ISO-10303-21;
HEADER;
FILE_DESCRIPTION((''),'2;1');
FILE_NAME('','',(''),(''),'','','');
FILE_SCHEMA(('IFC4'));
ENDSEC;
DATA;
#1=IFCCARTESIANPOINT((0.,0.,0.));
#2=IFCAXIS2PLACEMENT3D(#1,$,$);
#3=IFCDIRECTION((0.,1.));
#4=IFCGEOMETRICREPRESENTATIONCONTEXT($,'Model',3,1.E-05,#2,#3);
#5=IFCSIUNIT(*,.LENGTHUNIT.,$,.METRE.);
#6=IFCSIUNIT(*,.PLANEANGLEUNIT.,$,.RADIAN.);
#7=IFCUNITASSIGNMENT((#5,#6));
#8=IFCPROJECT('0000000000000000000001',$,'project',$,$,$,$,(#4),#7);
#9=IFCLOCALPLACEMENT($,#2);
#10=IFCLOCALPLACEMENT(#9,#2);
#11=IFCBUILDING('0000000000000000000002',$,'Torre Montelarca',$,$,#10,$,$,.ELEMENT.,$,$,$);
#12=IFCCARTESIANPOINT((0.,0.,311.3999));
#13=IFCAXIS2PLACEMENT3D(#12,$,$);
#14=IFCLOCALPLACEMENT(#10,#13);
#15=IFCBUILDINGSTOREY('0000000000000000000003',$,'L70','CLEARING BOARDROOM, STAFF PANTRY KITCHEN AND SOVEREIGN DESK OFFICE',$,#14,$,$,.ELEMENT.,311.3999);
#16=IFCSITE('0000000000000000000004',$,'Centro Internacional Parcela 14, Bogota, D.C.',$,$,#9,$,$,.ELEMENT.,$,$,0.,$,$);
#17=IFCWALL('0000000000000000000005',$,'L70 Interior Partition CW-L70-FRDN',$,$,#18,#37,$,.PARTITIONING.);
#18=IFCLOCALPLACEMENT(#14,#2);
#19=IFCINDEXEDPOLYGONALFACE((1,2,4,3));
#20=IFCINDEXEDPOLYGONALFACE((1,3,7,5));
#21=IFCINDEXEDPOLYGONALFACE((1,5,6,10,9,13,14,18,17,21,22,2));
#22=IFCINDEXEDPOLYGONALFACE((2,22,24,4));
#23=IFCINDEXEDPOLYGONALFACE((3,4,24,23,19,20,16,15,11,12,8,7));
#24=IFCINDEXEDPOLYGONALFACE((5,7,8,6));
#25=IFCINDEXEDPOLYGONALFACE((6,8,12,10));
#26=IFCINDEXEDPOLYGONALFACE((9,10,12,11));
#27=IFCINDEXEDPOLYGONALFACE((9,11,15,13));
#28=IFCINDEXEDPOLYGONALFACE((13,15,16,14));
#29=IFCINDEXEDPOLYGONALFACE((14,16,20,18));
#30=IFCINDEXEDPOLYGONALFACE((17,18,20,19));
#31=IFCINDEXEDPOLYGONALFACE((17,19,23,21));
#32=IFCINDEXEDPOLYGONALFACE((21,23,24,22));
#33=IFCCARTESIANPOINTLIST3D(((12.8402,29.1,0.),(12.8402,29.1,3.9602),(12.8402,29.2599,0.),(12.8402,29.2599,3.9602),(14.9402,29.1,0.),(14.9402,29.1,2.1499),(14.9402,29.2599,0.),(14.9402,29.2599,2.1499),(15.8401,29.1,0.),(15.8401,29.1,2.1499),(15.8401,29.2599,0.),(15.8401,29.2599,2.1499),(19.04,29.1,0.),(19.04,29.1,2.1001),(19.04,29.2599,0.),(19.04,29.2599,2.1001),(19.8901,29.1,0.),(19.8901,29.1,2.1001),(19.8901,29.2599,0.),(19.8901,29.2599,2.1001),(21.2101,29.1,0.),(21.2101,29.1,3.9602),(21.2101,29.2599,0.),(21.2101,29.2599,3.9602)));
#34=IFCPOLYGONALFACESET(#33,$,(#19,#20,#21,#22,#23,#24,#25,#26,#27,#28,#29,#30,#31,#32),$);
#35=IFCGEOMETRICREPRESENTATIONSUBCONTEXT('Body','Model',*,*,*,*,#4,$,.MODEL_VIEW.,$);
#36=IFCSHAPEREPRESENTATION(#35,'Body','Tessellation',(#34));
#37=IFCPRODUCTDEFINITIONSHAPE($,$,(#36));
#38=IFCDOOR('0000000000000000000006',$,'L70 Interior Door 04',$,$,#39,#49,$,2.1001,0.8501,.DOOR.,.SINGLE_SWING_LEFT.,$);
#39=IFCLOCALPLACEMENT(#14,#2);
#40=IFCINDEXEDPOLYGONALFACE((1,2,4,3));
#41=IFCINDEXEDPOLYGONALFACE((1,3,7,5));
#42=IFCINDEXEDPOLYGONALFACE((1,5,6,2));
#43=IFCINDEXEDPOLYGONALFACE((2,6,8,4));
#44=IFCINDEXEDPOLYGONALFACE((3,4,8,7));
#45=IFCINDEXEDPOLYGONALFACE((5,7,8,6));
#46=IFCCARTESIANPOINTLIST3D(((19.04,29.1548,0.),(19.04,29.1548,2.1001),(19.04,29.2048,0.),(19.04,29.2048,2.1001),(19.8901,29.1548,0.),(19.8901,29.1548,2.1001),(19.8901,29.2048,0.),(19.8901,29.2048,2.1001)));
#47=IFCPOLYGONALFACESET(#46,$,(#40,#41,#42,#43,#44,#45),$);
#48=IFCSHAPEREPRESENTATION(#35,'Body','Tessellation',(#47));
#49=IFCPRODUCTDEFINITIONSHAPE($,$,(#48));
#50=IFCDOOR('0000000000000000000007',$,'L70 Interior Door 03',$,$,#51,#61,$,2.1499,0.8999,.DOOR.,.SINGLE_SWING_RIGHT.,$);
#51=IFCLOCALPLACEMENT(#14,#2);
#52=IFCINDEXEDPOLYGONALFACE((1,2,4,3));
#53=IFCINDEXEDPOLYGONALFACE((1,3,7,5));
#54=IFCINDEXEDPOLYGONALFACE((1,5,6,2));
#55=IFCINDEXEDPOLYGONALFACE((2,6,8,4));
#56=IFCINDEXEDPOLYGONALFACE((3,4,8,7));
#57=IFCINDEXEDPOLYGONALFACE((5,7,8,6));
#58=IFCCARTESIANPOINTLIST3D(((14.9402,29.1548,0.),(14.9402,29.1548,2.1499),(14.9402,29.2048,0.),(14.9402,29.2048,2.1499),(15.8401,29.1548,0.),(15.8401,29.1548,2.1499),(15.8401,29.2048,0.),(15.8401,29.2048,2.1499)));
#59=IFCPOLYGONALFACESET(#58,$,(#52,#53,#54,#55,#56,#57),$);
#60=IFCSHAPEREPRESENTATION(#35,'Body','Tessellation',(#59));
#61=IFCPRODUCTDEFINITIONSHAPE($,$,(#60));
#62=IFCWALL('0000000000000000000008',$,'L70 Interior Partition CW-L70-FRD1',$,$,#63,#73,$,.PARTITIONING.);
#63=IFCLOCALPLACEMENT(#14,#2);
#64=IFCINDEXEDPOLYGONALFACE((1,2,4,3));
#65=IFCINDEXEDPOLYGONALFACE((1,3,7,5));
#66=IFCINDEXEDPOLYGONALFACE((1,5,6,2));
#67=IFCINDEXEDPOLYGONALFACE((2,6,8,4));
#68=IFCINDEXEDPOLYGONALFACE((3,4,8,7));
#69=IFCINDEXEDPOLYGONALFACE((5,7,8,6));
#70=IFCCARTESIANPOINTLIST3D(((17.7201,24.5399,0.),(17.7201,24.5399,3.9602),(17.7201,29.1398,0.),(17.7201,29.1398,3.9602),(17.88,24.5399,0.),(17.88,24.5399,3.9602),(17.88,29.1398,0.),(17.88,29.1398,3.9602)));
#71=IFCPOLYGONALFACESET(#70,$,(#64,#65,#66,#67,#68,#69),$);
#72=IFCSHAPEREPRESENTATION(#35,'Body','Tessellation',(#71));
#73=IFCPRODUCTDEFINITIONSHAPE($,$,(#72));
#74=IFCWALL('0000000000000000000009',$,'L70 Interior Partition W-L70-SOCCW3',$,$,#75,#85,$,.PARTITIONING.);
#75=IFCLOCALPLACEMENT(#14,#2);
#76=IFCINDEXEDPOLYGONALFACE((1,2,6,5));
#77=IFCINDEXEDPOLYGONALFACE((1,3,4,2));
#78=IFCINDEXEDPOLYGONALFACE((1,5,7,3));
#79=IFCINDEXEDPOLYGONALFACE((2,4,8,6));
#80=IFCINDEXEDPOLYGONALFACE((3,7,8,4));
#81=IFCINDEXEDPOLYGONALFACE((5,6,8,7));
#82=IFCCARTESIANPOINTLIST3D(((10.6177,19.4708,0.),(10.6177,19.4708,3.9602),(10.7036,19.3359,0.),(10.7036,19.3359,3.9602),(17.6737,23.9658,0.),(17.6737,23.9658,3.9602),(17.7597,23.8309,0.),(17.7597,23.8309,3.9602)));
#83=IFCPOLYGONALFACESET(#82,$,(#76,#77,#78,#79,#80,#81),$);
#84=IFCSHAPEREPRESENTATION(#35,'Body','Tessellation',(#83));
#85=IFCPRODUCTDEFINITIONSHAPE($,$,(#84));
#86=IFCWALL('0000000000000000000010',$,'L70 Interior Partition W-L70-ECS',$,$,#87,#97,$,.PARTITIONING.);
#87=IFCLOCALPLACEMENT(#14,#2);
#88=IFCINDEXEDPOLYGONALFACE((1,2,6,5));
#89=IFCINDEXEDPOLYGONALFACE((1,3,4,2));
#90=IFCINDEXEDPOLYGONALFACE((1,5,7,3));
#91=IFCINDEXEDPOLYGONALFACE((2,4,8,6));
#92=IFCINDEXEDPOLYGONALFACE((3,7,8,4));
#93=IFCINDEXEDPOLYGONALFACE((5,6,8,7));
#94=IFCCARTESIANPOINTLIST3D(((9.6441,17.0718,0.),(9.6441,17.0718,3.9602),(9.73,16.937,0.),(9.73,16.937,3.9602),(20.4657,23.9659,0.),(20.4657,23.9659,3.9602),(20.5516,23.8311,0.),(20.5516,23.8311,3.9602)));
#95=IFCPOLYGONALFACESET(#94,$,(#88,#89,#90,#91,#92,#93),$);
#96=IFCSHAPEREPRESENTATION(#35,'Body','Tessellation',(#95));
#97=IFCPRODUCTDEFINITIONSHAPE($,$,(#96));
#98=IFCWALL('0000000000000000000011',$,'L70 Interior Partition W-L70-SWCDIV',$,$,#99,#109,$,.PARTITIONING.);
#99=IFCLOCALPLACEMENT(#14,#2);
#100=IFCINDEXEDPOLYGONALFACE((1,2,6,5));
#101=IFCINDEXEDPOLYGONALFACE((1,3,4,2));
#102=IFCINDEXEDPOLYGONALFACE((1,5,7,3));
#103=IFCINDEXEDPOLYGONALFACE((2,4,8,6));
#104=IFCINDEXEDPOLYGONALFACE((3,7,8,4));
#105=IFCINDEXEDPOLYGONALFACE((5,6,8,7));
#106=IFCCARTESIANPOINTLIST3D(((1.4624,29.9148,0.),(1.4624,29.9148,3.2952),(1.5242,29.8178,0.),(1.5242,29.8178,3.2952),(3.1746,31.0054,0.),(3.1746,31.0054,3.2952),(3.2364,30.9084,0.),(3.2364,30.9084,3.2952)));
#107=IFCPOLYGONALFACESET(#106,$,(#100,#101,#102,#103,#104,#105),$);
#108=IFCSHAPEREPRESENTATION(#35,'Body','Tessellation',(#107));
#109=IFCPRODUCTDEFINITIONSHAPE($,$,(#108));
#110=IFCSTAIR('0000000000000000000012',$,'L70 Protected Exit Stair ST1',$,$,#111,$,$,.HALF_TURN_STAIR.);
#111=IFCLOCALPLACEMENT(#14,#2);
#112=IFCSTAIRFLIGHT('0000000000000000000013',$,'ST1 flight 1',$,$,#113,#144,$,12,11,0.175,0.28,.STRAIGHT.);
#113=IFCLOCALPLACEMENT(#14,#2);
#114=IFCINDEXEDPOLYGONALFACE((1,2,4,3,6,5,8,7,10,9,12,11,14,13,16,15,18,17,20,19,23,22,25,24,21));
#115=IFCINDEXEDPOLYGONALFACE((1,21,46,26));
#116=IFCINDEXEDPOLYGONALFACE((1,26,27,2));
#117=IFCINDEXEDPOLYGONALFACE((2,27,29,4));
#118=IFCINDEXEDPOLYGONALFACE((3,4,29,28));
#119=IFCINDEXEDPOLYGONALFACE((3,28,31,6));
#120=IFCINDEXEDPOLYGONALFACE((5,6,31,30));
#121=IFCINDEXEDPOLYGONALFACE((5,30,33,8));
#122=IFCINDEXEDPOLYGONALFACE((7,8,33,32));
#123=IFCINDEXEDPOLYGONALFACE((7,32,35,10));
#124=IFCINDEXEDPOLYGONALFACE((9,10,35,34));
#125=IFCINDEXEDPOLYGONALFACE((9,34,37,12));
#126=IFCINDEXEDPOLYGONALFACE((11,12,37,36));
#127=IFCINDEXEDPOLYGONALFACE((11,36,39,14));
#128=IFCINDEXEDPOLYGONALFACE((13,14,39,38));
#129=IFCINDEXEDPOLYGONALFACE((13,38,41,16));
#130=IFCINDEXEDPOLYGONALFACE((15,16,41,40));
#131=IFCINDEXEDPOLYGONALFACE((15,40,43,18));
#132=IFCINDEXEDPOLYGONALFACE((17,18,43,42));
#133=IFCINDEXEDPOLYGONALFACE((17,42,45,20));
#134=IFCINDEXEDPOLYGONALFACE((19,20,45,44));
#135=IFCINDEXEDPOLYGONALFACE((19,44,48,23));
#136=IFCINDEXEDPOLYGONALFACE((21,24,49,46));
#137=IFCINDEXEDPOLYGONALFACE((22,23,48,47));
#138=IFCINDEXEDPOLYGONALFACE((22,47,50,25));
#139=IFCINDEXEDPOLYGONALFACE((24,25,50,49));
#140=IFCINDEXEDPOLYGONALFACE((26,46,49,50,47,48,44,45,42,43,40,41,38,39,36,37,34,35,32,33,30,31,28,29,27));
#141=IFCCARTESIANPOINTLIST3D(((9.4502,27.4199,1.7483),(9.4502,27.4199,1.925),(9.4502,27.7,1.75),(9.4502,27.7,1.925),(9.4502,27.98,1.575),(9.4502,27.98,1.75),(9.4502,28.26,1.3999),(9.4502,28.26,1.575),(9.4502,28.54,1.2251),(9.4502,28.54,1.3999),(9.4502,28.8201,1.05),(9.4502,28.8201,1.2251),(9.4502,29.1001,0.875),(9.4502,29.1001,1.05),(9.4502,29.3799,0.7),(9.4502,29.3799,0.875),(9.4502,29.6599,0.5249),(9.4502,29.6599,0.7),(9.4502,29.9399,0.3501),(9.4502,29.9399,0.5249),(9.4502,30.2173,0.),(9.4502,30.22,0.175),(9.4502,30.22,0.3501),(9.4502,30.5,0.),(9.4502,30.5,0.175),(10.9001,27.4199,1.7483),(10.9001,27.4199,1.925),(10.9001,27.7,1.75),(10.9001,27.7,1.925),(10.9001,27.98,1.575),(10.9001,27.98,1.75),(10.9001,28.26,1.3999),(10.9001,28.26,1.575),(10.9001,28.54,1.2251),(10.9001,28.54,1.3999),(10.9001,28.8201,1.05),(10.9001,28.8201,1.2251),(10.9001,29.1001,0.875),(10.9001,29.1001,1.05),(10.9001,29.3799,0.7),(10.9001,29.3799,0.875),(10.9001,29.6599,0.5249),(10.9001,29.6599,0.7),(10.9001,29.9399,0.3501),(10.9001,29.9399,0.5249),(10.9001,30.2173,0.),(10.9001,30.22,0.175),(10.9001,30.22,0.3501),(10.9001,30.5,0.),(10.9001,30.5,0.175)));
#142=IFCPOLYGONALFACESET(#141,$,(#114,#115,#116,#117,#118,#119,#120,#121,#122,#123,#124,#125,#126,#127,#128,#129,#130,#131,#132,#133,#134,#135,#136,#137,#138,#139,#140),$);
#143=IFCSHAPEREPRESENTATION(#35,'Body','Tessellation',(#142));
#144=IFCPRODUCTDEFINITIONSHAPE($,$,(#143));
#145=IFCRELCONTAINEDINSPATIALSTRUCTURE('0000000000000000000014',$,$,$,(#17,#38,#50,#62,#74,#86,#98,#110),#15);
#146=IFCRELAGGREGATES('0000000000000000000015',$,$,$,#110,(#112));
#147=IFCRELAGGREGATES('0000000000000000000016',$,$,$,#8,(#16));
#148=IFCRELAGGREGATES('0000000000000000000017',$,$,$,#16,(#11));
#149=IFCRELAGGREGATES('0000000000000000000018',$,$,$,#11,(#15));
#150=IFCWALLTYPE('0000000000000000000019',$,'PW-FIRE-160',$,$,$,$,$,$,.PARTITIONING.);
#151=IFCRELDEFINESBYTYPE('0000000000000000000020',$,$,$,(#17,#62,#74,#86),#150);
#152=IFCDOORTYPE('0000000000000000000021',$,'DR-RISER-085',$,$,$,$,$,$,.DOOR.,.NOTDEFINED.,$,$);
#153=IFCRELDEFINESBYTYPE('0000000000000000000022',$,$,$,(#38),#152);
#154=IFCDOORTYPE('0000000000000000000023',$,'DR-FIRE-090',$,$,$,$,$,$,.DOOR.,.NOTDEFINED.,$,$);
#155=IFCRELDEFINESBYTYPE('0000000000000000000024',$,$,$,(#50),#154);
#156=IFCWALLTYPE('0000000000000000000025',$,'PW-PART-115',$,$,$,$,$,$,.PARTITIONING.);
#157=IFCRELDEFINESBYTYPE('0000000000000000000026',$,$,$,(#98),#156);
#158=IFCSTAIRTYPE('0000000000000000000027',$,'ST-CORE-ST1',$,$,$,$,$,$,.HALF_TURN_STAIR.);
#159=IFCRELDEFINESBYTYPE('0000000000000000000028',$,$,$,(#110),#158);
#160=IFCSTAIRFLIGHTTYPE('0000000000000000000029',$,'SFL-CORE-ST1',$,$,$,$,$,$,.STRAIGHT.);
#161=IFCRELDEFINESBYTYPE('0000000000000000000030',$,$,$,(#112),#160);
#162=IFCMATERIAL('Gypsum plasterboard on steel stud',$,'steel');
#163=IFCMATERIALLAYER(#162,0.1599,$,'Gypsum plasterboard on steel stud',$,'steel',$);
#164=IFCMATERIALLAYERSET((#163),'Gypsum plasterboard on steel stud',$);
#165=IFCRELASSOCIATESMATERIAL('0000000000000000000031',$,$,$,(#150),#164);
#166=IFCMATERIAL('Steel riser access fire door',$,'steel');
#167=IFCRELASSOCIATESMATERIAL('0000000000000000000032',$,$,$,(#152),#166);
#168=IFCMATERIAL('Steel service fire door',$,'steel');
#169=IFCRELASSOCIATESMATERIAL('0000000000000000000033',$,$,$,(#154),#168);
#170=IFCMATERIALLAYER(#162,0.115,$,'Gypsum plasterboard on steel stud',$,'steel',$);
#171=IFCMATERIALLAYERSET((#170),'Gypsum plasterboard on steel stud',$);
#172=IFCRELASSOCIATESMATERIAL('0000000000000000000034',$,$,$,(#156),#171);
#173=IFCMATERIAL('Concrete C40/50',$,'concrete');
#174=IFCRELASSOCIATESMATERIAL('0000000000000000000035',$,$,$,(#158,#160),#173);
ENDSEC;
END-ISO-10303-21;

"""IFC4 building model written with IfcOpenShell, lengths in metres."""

from ifc_helpers import new_model, si_unit, direction, frame, frame_2d, origin, place, context, subcontext, project, spatial, polyline, rectangle, outline, extrude, source, transform, mapped, material, layer, layer_set, type_object, element, fill, aggregate, save


model = new_model("IFC4")

# Units and contexts
model_context = context("Model", 3, precision=1e-05, world=origin(), true_north=direction((0.0, 1.0)))
body_context = subcontext(model_context, "Body", "Model", "MODEL_VIEW")
ifc_project = project(units=[si_unit("LENGTHUNIT", "METRE"), si_unit("PLANEANGLEUNIT", "RADIAN")], contexts=[model_context])

# Site, building, storey
site_placement = place(None, origin())
site = spatial("IfcSite", under=ifc_project, at=site_placement, Name="Centro Internacional Parcela 14, Bogota, D.C.", CompositionType="ELEMENT", RefElevation=0.0)
building_placement = place(site_placement, origin())
building = spatial("IfcBuilding", under=site, at=building_placement, Name="Torre Montelarca", CompositionType="ELEMENT")
storey_placement = place(building_placement, frame((0.0, 0.0, 311.3999)))
storey = spatial("IfcBuildingStorey", under=building, at=storey_placement, Name="L70", Description="CLEARING BOARDROOM, STAFF PANTRY KITCHEN AND SOVEREIGN DESK OFFICE", CompositionType="ELEMENT", Elevation=311.3999)

# Shared definitions
ifc_material_1 = material(Name="Concrete C40/50", Category="concrete")

# Wall, openings, doors
ifc_material_2 = material(Name="Gypsum plasterboard on steel stud", Category="steel")
ifc_layer_1 = layer(ifc_material_2, 0.1599, Name="Gypsum plasterboard on steel stud", Category="steel")
ifc_layer_set_1 = layer_set([ifc_layer_1], Name="Gypsum plasterboard on steel stud")
wall_type_1 = type_object("IfcWallType", Name="PW-FIRE-160", PredefinedType="PARTITIONING", material=ifc_layer_set_1)
wall_1_placement = place(storey_placement, frame((12.8401, 29.1799, 0.0), z_axis=(0.0, 0.0, 1.0), x_axis=(1.0, 0.0, 0.0)))
wall_1 = element("IfcWall", 1, at=wall_1_placement, inside=storey, type_object=wall_type_1, Name="L70 Interior Partition CW-L70-FRDN", PredefinedType="PARTITIONING", context=body_context, shape_type="SweptSolid", body=[
    extrude(rectangle(XDim=8.3699, YDim=0.1599, at=frame_2d((4.1851, 0.0))), origin(), (0.0, 0.0, 1.0), 3.9602),
])
opening_1_placement = place(wall_1_placement, frame((2.1001, 0.0, 0.0)))
opening_1 = element("IfcOpeningElement", 2, at=opening_1_placement, cuts=wall_1, PredefinedType="OPENING", context=body_context, shape_type="SweptSolid", body=[
    extrude(rectangle(XDim=0.8999, YDim=2.1499, at=frame_2d((0.45, 1.075))), frame((0.0, 0.0898, 0.0), z_axis=(0.0, -1.0, 0.0), x_axis=(1.0, 0.0, 0.0)), (0.0, 0.0, 1.0), 0.1799),
])
opening_2_placement = place(wall_1_placement, frame((6.2, 0.0, 0.0)))
opening_2 = element("IfcOpeningElement", 3, at=opening_2_placement, cuts=wall_1, PredefinedType="OPENING", context=body_context, shape_type="SweptSolid", body=[
    extrude(rectangle(XDim=0.8501, YDim=2.1001, at=frame_2d((0.425, 1.05))), frame((0.0, 0.0898, 0.0), z_axis=(0.0, -1.0, 0.0), x_axis=(1.0, 0.0, 0.0)), (0.0, 0.0, 1.0), 0.1799),
])
ifc_material_3 = material(Name="Steel riser access fire door", Category="steel")
door_type_1 = type_object("IfcDoorType", Name="DR-RISER-085", OperationType="NOTDEFINED", PredefinedType="DOOR", material=ifc_material_3)
shared_shape_1 = source(origin(), body_context, "Body", "SweptSolid", [
    extrude(rectangle(XDim=0.8501, YDim=2.1001, at=frame_2d((0.425, 1.05))), frame((0.0, 0.0249, 0.0), z_axis=(0.0, -1.0, 0.0), x_axis=(1.0, 0.0, 0.0)), (0.0, 0.0, 1.0), 0.05),
])
door_1_placement = place(opening_2_placement, origin())
door_1 = element("IfcDoor", 4, at=door_1_placement, inside=storey, type_object=door_type_1, Name="L70 Interior Door 04", OperationType="SINGLE_SWING_LEFT", OverallHeight=2.1001, OverallWidth=0.8501, PredefinedType="DOOR", context=body_context, shape_type="MappedRepresentation", body=[
    mapped(shared_shape_1, transform((0.0, 0.0, 0.0), scale=1.0)),
])
fill(opening_2, door_1)
ifc_material_4 = material(Name="Steel service fire door", Category="steel")
door_type_2 = type_object("IfcDoorType", Name="DR-FIRE-090", OperationType="NOTDEFINED", PredefinedType="DOOR", material=ifc_material_4)
shared_shape_2 = source(origin(), body_context, "Body", "SweptSolid", [
    extrude(rectangle(XDim=0.8999, YDim=2.1499, at=frame_2d((0.45, 1.075))), frame((0.0, 0.0249, 0.0), z_axis=(0.0, -1.0, 0.0), x_axis=(1.0, 0.0, 0.0)), (0.0, 0.0, 1.0), 0.05),
])
door_2_placement = place(opening_1_placement, origin())
door_2 = element("IfcDoor", 5, at=door_2_placement, inside=storey, type_object=door_type_2, Name="L70 Interior Door 03", OperationType="SINGLE_SWING_RIGHT", OverallHeight=2.1499, OverallWidth=0.8999, PredefinedType="DOOR", context=body_context, shape_type="MappedRepresentation", body=[
    mapped(shared_shape_2, transform((0.0, 0.0, 0.0), scale=1.0)),
])
fill(opening_1, door_2)

# Walls
wall_2_placement = place(storey_placement, frame((17.8, 24.54, 0.0), z_axis=(0.0, 0.0, 1.0), x_axis=(0.0, 1.0, 0.0)))
element("IfcWall", 6, at=wall_2_placement, inside=storey, type_object=wall_type_1, Name="L70 Interior Partition CW-L70-FRD1", PredefinedType="PARTITIONING", context=body_context, shape_type="SweptSolid", body=[
    extrude(rectangle(XDim=4.5999, YDim=0.1599, at=frame_2d((2.2998, 0.0))), origin(), (0.0, 0.0, 1.0), 3.9602),
])
wall_3_placement = place(storey_placement, frame((10.6606, 19.4033, 0.0), z_axis=(0.0, 0.0, 1.0), x_axis=(0.843399, 0.537287, 0.0)))
element("IfcWall", 7, at=wall_3_placement, inside=storey, type_object=wall_type_1, Name="L70 Interior Partition W-L70-SOCCW3", PredefinedType="PARTITIONING", context=body_context, shape_type="SweptSolid", body=[
    extrude(rectangle(XDim=8.3662, YDim=0.1599, at=frame_2d((4.1831, 0.0))), origin(), (0.0, 0.0, 1.0), 3.9602),
])
wall_4_placement = place(storey_placement, frame((9.687, 17.0044, 0.0), z_axis=(0.0, 0.0, 1.0), x_axis=(0.843393, 0.537298, 0.0)))
element("IfcWall", 8, at=wall_4_placement, inside=storey, type_object=wall_type_1, Name="L70 Interior Partition W-L70-ECS", PredefinedType="PARTITIONING", context=body_context, shape_type="SweptSolid", body=[
    extrude(rectangle(XDim=12.8311, YDim=0.1599, at=frame_2d((6.4155, 0.0))), origin(), (0.0, 0.0, 1.0), 3.9602),
])
ifc_layer_2 = layer(ifc_material_2, 0.115, Name="Gypsum plasterboard on steel stud", Category="steel")
ifc_layer_set_2 = layer_set([ifc_layer_2], Name="Gypsum plasterboard on steel stud")
wall_type_2 = type_object("IfcWallType", Name="PW-PART-115", PredefinedType="PARTITIONING", material=ifc_layer_set_2)
wall_5_placement = place(storey_placement, frame((1.4932, 29.8662, 0.0), z_axis=(0.0, 0.0, 1.0), x_axis=(0.843434, 0.537233, 0.0)))
element("IfcWall", 9, at=wall_5_placement, inside=storey, type_object=wall_type_2, Name="L70 Interior Partition W-L70-SWCDIV", PredefinedType="PARTITIONING", context=body_context, shape_type="SweptSolid", body=[
    extrude(rectangle(XDim=2.03, YDim=0.115, at=frame_2d((1.0151, 0.0))), origin(), (0.0, 0.0, 1.0), 3.2952),
])

# Stair, stair flight
stair_type = type_object("IfcStairType", Name="ST-CORE-ST1", PredefinedType="HALF_TURN_STAIR", material=ifc_material_1)
stair_placement = place(storey_placement, origin())
stair = element("IfcStair", 10, at=stair_placement, inside=storey, type_object=stair_type, Name="L70 Protected Exit Stair ST1", PredefinedType="HALF_TURN_STAIR")
stair_flight_type = type_object("IfcStairFlightType", Name="SFL-CORE-ST1", PredefinedType="STRAIGHT", material=ifc_material_1)
stair_flight_1_placement = place(storey_placement, frame((10.175, 30.5, 0.0), z_axis=(0.0, 0.0, 1.0), x_axis=(0.0, -1.0, 0.0)))
stair_flight_1 = element("IfcStairFlight", 11, at=stair_flight_1_placement, type_object=stair_flight_type, Name="ST1 flight 1", NumberOfRisers=12, NumberOfTreads=11, PredefinedType="STRAIGHT", RiserHeight=0.175, TreadLength=0.28, context=body_context, shape_type="SweptSolid", body=[
    extrude(outline(polyline([(0.0, 0.0), (0.0, 0.175), (0.28, 0.175), (0.28, 0.3501), (0.5601, 0.3501), (0.5601, 0.5249), (0.8401, 0.5249), (0.8401, 0.7), (1.1201, 0.7), (1.1201, 0.875), (1.3999, 0.875), (1.3999, 1.05), (1.6799, 1.05), (1.6799, 1.2251), (1.96, 1.2251), (1.96, 1.3999), (2.24, 1.3999), (2.24, 1.575), (2.52, 1.575), (2.52, 1.75), (2.8, 1.75), (2.8, 1.925), (3.0801, 1.925), (3.0801, 2.1001), (3.0801, 1.7483), (0.2827, 0.0), (0.0, 0.0)])), frame((0.0, 0.7251, 0.0), z_axis=(0.0, -1.0, 0.0), x_axis=(1.0, 0.0, 0.0)), (0.0, 0.0, 1.0), 1.45),
])
aggregate(stair, [stair_flight_1])

save(model, "model.ifc")
